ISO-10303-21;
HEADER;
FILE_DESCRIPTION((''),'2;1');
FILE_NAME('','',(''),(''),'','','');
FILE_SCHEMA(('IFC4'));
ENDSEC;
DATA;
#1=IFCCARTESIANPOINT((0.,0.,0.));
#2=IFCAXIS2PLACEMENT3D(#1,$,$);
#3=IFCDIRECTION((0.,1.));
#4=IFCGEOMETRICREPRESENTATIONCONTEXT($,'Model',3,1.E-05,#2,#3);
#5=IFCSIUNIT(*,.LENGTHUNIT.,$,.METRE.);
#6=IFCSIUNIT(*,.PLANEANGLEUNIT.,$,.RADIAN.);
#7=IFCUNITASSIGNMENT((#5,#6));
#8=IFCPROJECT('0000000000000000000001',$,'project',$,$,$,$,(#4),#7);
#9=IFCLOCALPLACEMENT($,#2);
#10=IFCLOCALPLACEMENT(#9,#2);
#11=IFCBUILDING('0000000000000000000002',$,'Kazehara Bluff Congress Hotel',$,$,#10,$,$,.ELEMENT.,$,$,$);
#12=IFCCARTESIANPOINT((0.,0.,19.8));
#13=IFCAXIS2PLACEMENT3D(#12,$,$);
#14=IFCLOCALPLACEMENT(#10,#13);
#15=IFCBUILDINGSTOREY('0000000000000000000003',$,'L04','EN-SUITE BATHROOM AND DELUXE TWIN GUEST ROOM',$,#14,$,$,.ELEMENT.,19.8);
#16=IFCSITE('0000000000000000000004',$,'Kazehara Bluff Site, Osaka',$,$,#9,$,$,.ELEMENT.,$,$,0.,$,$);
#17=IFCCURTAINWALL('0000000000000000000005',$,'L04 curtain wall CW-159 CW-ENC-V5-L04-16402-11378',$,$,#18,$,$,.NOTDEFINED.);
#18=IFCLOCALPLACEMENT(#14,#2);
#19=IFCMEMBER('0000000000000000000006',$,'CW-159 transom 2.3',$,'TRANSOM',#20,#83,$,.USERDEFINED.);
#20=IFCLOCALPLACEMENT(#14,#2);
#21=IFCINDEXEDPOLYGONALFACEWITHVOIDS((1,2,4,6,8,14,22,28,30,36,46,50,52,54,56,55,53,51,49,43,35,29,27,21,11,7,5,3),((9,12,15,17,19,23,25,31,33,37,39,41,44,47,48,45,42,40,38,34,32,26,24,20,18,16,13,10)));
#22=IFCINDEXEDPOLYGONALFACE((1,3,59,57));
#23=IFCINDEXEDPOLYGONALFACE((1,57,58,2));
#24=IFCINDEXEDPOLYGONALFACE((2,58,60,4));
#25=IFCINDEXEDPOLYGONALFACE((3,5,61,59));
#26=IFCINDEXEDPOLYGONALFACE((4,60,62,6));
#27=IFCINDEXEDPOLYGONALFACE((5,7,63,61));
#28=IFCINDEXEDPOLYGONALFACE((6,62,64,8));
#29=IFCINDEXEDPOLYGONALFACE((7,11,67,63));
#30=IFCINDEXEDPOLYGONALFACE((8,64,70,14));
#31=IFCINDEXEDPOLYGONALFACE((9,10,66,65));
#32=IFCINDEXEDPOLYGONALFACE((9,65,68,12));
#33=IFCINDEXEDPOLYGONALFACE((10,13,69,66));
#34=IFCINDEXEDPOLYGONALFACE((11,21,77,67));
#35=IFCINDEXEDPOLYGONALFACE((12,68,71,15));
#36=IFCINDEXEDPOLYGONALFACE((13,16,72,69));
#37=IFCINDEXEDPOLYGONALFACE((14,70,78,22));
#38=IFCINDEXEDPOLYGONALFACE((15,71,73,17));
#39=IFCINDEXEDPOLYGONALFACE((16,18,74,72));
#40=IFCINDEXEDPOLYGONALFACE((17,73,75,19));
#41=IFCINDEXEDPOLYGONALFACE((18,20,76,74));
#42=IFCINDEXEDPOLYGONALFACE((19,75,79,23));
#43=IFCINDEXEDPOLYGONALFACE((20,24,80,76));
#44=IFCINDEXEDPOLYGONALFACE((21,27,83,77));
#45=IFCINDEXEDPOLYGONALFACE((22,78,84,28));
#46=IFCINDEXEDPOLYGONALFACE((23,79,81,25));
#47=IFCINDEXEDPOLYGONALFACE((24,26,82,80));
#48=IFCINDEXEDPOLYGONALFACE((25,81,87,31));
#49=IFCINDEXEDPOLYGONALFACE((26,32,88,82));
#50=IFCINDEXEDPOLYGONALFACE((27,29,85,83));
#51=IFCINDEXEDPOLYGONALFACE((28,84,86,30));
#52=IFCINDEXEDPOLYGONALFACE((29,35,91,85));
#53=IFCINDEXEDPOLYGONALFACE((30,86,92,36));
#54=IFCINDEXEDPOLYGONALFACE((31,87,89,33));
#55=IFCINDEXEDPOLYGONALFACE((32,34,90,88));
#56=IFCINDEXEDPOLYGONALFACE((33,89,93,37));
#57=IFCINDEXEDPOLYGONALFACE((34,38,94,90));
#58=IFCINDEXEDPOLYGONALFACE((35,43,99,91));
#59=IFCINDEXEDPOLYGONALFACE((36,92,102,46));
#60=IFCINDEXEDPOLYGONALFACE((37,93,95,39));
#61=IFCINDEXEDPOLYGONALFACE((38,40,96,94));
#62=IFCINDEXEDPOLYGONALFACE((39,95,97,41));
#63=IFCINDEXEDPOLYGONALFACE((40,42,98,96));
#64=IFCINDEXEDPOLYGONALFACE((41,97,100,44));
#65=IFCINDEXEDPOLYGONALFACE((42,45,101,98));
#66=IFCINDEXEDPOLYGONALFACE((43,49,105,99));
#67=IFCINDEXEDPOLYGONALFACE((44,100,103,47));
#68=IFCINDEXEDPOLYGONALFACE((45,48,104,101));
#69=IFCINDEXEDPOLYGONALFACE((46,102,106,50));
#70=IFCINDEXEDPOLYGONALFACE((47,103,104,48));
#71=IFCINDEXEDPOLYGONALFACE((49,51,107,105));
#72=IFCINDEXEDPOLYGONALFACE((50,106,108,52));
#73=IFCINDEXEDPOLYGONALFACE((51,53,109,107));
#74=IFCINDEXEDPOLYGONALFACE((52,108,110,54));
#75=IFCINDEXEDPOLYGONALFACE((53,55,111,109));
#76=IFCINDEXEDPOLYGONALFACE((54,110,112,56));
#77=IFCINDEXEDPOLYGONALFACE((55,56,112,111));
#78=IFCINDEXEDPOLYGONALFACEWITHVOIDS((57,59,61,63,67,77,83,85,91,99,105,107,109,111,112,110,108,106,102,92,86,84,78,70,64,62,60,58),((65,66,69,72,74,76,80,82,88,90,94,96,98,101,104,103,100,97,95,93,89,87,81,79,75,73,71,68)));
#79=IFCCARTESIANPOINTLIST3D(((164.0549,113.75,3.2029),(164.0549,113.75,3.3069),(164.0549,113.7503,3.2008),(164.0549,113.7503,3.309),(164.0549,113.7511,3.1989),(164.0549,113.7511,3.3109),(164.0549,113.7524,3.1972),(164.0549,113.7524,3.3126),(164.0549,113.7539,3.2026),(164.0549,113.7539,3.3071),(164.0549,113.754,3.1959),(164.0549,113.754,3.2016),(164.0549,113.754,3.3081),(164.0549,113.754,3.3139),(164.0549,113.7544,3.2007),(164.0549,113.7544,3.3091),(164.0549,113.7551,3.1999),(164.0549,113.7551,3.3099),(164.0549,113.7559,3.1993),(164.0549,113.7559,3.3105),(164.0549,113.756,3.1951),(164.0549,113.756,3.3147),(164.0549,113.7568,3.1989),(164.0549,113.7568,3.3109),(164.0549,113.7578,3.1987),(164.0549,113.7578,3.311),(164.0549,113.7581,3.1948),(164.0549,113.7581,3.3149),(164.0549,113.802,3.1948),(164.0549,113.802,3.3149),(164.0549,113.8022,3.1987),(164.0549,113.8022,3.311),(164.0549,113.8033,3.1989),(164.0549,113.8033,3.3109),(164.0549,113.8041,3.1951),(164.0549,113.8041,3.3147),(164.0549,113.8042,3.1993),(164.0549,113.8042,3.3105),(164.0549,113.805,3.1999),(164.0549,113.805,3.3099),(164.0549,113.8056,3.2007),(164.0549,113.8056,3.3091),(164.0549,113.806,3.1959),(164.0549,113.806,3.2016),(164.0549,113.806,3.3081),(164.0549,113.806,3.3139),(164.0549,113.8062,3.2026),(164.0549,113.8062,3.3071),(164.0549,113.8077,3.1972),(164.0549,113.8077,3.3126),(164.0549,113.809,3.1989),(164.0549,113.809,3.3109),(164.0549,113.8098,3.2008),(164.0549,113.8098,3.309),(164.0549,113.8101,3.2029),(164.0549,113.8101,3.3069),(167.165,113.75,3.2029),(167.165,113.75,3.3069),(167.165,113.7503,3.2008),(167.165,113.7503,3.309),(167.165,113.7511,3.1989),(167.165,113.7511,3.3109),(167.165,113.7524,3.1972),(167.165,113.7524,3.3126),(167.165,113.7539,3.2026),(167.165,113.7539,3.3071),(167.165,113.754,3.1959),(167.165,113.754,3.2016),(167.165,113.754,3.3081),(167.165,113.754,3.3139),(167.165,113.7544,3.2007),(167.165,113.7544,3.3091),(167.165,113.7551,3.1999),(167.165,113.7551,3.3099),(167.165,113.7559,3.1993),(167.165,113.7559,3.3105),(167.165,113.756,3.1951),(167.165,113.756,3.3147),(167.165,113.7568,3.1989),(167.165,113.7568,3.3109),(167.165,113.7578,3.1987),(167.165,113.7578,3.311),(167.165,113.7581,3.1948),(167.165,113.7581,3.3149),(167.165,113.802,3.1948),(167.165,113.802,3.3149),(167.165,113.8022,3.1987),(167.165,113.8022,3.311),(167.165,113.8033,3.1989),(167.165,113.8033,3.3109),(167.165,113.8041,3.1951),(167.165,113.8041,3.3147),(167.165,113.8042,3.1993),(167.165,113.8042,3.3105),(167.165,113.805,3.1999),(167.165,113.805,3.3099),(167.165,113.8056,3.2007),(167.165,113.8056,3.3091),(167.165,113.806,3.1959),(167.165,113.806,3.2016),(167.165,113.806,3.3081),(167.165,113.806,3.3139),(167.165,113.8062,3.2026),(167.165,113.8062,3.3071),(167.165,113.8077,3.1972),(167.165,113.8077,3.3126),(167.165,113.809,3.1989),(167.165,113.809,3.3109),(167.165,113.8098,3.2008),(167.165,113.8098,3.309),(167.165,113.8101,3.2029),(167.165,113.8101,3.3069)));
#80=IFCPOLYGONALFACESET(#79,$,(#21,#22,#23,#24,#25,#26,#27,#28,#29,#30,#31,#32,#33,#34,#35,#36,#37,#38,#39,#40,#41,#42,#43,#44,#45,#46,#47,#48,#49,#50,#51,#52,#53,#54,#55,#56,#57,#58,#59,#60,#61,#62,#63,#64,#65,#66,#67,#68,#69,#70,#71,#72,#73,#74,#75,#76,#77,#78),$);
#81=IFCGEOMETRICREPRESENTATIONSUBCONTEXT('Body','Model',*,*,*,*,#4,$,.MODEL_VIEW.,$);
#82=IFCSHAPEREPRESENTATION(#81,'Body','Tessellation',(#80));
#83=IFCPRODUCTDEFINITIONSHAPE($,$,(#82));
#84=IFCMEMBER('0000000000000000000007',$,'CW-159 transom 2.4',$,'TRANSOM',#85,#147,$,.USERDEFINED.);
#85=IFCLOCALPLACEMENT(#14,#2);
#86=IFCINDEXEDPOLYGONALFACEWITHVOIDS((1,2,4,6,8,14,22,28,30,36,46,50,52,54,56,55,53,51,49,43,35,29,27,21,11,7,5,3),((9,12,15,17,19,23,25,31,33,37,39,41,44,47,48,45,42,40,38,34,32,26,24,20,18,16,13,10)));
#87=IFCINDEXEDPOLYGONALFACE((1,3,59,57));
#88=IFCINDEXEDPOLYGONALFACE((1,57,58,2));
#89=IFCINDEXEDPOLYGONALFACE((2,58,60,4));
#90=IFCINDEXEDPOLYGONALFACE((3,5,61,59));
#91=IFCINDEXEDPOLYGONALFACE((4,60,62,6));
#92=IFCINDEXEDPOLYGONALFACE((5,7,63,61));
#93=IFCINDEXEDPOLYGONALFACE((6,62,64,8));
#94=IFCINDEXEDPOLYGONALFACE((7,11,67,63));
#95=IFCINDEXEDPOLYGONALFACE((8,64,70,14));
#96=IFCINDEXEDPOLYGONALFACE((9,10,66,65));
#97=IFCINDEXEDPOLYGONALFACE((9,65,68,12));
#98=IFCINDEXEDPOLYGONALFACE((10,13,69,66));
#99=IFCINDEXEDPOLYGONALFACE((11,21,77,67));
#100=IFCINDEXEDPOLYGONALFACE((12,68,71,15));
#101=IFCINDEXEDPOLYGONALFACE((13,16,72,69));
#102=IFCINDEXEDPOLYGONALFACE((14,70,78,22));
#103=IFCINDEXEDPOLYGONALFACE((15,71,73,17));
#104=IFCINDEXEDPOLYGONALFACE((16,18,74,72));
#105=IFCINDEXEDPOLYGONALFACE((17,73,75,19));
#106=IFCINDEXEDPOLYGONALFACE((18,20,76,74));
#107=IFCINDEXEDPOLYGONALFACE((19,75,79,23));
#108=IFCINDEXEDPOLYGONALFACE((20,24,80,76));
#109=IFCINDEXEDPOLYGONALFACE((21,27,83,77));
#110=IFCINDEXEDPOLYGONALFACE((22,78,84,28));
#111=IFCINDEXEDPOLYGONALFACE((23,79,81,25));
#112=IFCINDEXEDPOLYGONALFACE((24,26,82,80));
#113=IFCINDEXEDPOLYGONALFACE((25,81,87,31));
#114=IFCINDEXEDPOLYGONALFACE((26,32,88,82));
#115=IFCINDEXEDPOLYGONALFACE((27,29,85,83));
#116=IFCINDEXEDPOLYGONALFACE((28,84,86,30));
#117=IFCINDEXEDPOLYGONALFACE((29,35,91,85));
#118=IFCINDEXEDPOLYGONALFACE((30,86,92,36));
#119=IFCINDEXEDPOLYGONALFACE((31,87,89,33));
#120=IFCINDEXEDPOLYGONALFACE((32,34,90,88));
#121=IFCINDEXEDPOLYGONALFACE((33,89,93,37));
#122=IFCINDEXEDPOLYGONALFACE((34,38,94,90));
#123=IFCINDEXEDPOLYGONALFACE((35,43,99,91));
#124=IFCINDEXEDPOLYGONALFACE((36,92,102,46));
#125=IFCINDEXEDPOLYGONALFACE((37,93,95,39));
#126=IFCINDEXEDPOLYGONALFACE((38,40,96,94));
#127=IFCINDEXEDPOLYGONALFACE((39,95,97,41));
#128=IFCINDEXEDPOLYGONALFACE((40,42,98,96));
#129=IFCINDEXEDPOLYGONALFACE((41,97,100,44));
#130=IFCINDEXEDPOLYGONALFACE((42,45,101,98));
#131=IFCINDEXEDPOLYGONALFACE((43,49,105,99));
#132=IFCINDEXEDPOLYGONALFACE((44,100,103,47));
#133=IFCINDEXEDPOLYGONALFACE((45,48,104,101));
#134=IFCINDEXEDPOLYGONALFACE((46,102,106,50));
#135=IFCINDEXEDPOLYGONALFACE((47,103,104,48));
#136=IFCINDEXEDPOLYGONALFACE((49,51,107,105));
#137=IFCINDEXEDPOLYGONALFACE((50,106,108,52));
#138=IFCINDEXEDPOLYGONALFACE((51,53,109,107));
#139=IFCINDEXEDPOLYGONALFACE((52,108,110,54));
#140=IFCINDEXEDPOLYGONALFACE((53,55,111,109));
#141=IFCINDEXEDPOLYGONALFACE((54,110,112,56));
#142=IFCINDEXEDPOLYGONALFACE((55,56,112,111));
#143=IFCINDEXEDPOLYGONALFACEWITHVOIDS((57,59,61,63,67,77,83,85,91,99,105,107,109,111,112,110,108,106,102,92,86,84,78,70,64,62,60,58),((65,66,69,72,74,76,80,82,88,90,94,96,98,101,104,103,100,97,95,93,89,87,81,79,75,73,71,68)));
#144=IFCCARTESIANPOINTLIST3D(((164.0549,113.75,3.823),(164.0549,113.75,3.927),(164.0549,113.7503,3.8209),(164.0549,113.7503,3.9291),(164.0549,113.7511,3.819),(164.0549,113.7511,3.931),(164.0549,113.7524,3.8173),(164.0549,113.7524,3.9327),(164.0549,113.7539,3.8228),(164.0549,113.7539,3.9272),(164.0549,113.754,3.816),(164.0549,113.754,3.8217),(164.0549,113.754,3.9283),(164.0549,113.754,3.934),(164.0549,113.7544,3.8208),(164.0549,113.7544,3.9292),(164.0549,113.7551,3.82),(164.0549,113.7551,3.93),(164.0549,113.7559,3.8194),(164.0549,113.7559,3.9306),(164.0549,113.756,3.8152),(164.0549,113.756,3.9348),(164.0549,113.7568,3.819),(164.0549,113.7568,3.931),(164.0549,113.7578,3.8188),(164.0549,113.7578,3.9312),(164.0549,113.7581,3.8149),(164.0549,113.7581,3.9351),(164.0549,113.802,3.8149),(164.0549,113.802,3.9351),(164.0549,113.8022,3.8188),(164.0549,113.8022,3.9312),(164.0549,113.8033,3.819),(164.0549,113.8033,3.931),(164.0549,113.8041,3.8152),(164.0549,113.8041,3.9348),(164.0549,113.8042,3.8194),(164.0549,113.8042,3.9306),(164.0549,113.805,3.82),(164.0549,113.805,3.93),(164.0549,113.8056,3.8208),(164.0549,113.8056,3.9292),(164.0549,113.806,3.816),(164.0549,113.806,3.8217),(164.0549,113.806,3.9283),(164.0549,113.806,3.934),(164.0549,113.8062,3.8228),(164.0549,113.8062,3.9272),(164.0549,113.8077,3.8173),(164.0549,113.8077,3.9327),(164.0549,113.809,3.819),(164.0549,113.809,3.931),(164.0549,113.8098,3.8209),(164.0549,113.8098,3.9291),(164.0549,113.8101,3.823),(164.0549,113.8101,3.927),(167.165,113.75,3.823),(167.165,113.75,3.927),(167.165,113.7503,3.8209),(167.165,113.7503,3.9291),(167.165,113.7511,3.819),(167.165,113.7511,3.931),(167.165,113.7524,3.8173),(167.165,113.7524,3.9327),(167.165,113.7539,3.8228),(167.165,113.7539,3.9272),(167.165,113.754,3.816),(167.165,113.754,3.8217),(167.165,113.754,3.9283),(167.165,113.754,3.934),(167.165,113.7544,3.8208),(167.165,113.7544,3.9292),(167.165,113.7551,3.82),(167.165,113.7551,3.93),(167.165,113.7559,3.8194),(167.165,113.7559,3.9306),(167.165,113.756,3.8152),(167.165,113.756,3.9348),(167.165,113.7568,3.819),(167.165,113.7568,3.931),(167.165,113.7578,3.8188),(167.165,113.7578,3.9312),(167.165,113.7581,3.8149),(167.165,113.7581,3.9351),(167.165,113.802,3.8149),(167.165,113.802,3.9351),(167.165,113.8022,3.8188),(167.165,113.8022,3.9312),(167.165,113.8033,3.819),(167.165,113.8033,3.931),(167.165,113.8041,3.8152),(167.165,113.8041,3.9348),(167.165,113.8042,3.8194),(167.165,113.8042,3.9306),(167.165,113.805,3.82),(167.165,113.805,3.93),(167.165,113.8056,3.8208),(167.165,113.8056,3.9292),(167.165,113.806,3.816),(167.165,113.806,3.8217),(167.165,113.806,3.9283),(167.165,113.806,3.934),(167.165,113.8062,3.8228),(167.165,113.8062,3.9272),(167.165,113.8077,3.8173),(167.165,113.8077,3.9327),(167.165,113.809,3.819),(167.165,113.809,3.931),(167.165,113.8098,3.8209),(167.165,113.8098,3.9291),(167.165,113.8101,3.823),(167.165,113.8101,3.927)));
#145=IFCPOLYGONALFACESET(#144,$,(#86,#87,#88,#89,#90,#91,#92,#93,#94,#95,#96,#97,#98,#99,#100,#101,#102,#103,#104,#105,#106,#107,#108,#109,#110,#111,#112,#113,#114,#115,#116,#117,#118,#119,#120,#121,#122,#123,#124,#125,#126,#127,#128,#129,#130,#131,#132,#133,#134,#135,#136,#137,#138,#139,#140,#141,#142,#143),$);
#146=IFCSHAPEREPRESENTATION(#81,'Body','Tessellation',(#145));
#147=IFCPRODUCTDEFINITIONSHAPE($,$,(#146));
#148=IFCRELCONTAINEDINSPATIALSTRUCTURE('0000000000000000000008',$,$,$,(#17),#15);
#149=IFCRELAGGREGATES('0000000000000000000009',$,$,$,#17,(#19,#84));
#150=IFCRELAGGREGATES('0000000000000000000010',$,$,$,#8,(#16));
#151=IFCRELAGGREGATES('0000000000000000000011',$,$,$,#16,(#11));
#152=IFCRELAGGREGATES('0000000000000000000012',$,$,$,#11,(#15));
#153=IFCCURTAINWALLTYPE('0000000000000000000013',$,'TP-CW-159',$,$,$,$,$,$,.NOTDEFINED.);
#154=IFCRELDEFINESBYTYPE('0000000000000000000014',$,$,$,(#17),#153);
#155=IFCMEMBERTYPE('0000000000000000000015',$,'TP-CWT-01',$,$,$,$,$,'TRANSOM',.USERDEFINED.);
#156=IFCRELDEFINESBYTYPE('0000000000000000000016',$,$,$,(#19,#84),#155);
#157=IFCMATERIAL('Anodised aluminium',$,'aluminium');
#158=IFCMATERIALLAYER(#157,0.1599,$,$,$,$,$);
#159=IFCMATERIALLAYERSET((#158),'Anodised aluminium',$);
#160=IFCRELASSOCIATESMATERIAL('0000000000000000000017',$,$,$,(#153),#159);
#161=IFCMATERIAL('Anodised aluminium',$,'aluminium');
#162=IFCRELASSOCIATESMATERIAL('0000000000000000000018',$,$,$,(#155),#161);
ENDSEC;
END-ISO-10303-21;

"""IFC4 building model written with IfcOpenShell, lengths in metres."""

from ifc_helpers import new_model, si_unit, direction, frame, origin, origin_2d, place, context, subcontext, project, spatial, hollow_rectangle, extrude, material, layer, layer_set, material_profile, profile_set, type_object, element, aggregate, save


model = new_model("IFC4")

# Units and contexts
model_context = context("Model", 3, precision=1e-05, world=origin(), true_north=direction((0.0, 1.0)))
body_context = subcontext(model_context, "Body", "Model", "MODEL_VIEW")
ifc_project = project(units=[si_unit("LENGTHUNIT", "METRE"), si_unit("PLANEANGLEUNIT", "RADIAN")], contexts=[model_context])

# Site, building, storey
site_placement = place(None, origin())
site = spatial("IfcSite", under=ifc_project, at=site_placement, Name="Kazehara Bluff Site, Osaka", CompositionType="ELEMENT", RefElevation=0.0)
building_placement = place(site_placement, origin())
building = spatial("IfcBuilding", under=site, at=building_placement, Name="Kazehara Bluff Congress Hotel", CompositionType="ELEMENT")
storey_placement = place(building_placement, frame((0.0, 0.0, 19.8)))
storey = spatial("IfcBuildingStorey", under=building, at=storey_placement, Name="L04", Description="EN-SUITE BATHROOM AND DELUXE TWIN GUEST ROOM", CompositionType="ELEMENT", Elevation=19.8)

# Curtain wall
ifc_material_1 = material(Name="Anodised aluminium", Category="aluminium")
ifc_layer_1 = layer(ifc_material_1, 0.1599)
ifc_layer_set_1 = layer_set([ifc_layer_1], Name="Anodised aluminium")
curtain_wall_type_1 = type_object("IfcCurtainWallType", Name="TP-CW-159", PredefinedType="NOTDEFINED", material=ifc_layer_set_1)
curtain_wall_1_placement = place(storey_placement, origin())
curtain_wall_1 = element("IfcCurtainWall", 1, at=curtain_wall_1_placement, inside=storey, type_object=curtain_wall_type_1, Name="L04 curtain wall CW-159 CW-ENC-V5-L04-16402-11378", PredefinedType="NOTDEFINED")

# Members
ifc_material_2 = material(Name="Anodised aluminium", Category="aluminium")
ifc_material_profile_1 = material_profile(ifc_material_2, hollow_rectangle(XDim=0.0601, YDim=0.1201, WallThickness=0.0039, InnerFilletRadius=0.0039, OuterFilletRadius=0.0081, at=origin_2d()))
ifc_profile_set_1 = profile_set([ifc_material_profile_1], Name="Anodised aluminium")
member_type_1 = type_object("IfcMemberType", Name="TP-CWT-01", ElementType="TRANSOM", PredefinedType="USERDEFINED", material=ifc_profile_set_1)
member_1_placement = place(storey_placement, frame((164.0549, 113.78, 3.2549), z_axis=(1.0, 0.0, 0.0), x_axis=(0.0, 1.0, 0.0)))
member_1 = element("IfcMember", 2, at=member_1_placement, type_object=member_type_1, Name="CW-159 transom 2.3", ObjectType="TRANSOM", PredefinedType="USERDEFINED", context=body_context, shape_type="SweptSolid", body=[
    extrude(hollow_rectangle(XDim=0.0601, YDim=0.1201, WallThickness=0.0039, InnerFilletRadius=0.0039, OuterFilletRadius=0.0081, at=origin_2d()), origin(), (0.0, 0.0, 1.0), 3.1101),
])
member_2_placement = place(storey_placement, frame((164.0549, 113.78, 3.875), z_axis=(1.0, 0.0, 0.0), x_axis=(0.0, 1.0, 0.0)))
member_2 = element("IfcMember", 3, at=member_2_placement, type_object=member_type_1, Name="CW-159 transom 2.4", ObjectType="TRANSOM", PredefinedType="USERDEFINED", context=body_context, shape_type="SweptSolid", body=[
    extrude(hollow_rectangle(XDim=0.0601, YDim=0.1201, WallThickness=0.0039, InnerFilletRadius=0.0039, OuterFilletRadius=0.0081, at=origin_2d()), origin(), (0.0, 0.0, 1.0), 3.1101),
])

aggregate(curtain_wall_1, [member_1, member_2])

save(model, "model.ifc")
